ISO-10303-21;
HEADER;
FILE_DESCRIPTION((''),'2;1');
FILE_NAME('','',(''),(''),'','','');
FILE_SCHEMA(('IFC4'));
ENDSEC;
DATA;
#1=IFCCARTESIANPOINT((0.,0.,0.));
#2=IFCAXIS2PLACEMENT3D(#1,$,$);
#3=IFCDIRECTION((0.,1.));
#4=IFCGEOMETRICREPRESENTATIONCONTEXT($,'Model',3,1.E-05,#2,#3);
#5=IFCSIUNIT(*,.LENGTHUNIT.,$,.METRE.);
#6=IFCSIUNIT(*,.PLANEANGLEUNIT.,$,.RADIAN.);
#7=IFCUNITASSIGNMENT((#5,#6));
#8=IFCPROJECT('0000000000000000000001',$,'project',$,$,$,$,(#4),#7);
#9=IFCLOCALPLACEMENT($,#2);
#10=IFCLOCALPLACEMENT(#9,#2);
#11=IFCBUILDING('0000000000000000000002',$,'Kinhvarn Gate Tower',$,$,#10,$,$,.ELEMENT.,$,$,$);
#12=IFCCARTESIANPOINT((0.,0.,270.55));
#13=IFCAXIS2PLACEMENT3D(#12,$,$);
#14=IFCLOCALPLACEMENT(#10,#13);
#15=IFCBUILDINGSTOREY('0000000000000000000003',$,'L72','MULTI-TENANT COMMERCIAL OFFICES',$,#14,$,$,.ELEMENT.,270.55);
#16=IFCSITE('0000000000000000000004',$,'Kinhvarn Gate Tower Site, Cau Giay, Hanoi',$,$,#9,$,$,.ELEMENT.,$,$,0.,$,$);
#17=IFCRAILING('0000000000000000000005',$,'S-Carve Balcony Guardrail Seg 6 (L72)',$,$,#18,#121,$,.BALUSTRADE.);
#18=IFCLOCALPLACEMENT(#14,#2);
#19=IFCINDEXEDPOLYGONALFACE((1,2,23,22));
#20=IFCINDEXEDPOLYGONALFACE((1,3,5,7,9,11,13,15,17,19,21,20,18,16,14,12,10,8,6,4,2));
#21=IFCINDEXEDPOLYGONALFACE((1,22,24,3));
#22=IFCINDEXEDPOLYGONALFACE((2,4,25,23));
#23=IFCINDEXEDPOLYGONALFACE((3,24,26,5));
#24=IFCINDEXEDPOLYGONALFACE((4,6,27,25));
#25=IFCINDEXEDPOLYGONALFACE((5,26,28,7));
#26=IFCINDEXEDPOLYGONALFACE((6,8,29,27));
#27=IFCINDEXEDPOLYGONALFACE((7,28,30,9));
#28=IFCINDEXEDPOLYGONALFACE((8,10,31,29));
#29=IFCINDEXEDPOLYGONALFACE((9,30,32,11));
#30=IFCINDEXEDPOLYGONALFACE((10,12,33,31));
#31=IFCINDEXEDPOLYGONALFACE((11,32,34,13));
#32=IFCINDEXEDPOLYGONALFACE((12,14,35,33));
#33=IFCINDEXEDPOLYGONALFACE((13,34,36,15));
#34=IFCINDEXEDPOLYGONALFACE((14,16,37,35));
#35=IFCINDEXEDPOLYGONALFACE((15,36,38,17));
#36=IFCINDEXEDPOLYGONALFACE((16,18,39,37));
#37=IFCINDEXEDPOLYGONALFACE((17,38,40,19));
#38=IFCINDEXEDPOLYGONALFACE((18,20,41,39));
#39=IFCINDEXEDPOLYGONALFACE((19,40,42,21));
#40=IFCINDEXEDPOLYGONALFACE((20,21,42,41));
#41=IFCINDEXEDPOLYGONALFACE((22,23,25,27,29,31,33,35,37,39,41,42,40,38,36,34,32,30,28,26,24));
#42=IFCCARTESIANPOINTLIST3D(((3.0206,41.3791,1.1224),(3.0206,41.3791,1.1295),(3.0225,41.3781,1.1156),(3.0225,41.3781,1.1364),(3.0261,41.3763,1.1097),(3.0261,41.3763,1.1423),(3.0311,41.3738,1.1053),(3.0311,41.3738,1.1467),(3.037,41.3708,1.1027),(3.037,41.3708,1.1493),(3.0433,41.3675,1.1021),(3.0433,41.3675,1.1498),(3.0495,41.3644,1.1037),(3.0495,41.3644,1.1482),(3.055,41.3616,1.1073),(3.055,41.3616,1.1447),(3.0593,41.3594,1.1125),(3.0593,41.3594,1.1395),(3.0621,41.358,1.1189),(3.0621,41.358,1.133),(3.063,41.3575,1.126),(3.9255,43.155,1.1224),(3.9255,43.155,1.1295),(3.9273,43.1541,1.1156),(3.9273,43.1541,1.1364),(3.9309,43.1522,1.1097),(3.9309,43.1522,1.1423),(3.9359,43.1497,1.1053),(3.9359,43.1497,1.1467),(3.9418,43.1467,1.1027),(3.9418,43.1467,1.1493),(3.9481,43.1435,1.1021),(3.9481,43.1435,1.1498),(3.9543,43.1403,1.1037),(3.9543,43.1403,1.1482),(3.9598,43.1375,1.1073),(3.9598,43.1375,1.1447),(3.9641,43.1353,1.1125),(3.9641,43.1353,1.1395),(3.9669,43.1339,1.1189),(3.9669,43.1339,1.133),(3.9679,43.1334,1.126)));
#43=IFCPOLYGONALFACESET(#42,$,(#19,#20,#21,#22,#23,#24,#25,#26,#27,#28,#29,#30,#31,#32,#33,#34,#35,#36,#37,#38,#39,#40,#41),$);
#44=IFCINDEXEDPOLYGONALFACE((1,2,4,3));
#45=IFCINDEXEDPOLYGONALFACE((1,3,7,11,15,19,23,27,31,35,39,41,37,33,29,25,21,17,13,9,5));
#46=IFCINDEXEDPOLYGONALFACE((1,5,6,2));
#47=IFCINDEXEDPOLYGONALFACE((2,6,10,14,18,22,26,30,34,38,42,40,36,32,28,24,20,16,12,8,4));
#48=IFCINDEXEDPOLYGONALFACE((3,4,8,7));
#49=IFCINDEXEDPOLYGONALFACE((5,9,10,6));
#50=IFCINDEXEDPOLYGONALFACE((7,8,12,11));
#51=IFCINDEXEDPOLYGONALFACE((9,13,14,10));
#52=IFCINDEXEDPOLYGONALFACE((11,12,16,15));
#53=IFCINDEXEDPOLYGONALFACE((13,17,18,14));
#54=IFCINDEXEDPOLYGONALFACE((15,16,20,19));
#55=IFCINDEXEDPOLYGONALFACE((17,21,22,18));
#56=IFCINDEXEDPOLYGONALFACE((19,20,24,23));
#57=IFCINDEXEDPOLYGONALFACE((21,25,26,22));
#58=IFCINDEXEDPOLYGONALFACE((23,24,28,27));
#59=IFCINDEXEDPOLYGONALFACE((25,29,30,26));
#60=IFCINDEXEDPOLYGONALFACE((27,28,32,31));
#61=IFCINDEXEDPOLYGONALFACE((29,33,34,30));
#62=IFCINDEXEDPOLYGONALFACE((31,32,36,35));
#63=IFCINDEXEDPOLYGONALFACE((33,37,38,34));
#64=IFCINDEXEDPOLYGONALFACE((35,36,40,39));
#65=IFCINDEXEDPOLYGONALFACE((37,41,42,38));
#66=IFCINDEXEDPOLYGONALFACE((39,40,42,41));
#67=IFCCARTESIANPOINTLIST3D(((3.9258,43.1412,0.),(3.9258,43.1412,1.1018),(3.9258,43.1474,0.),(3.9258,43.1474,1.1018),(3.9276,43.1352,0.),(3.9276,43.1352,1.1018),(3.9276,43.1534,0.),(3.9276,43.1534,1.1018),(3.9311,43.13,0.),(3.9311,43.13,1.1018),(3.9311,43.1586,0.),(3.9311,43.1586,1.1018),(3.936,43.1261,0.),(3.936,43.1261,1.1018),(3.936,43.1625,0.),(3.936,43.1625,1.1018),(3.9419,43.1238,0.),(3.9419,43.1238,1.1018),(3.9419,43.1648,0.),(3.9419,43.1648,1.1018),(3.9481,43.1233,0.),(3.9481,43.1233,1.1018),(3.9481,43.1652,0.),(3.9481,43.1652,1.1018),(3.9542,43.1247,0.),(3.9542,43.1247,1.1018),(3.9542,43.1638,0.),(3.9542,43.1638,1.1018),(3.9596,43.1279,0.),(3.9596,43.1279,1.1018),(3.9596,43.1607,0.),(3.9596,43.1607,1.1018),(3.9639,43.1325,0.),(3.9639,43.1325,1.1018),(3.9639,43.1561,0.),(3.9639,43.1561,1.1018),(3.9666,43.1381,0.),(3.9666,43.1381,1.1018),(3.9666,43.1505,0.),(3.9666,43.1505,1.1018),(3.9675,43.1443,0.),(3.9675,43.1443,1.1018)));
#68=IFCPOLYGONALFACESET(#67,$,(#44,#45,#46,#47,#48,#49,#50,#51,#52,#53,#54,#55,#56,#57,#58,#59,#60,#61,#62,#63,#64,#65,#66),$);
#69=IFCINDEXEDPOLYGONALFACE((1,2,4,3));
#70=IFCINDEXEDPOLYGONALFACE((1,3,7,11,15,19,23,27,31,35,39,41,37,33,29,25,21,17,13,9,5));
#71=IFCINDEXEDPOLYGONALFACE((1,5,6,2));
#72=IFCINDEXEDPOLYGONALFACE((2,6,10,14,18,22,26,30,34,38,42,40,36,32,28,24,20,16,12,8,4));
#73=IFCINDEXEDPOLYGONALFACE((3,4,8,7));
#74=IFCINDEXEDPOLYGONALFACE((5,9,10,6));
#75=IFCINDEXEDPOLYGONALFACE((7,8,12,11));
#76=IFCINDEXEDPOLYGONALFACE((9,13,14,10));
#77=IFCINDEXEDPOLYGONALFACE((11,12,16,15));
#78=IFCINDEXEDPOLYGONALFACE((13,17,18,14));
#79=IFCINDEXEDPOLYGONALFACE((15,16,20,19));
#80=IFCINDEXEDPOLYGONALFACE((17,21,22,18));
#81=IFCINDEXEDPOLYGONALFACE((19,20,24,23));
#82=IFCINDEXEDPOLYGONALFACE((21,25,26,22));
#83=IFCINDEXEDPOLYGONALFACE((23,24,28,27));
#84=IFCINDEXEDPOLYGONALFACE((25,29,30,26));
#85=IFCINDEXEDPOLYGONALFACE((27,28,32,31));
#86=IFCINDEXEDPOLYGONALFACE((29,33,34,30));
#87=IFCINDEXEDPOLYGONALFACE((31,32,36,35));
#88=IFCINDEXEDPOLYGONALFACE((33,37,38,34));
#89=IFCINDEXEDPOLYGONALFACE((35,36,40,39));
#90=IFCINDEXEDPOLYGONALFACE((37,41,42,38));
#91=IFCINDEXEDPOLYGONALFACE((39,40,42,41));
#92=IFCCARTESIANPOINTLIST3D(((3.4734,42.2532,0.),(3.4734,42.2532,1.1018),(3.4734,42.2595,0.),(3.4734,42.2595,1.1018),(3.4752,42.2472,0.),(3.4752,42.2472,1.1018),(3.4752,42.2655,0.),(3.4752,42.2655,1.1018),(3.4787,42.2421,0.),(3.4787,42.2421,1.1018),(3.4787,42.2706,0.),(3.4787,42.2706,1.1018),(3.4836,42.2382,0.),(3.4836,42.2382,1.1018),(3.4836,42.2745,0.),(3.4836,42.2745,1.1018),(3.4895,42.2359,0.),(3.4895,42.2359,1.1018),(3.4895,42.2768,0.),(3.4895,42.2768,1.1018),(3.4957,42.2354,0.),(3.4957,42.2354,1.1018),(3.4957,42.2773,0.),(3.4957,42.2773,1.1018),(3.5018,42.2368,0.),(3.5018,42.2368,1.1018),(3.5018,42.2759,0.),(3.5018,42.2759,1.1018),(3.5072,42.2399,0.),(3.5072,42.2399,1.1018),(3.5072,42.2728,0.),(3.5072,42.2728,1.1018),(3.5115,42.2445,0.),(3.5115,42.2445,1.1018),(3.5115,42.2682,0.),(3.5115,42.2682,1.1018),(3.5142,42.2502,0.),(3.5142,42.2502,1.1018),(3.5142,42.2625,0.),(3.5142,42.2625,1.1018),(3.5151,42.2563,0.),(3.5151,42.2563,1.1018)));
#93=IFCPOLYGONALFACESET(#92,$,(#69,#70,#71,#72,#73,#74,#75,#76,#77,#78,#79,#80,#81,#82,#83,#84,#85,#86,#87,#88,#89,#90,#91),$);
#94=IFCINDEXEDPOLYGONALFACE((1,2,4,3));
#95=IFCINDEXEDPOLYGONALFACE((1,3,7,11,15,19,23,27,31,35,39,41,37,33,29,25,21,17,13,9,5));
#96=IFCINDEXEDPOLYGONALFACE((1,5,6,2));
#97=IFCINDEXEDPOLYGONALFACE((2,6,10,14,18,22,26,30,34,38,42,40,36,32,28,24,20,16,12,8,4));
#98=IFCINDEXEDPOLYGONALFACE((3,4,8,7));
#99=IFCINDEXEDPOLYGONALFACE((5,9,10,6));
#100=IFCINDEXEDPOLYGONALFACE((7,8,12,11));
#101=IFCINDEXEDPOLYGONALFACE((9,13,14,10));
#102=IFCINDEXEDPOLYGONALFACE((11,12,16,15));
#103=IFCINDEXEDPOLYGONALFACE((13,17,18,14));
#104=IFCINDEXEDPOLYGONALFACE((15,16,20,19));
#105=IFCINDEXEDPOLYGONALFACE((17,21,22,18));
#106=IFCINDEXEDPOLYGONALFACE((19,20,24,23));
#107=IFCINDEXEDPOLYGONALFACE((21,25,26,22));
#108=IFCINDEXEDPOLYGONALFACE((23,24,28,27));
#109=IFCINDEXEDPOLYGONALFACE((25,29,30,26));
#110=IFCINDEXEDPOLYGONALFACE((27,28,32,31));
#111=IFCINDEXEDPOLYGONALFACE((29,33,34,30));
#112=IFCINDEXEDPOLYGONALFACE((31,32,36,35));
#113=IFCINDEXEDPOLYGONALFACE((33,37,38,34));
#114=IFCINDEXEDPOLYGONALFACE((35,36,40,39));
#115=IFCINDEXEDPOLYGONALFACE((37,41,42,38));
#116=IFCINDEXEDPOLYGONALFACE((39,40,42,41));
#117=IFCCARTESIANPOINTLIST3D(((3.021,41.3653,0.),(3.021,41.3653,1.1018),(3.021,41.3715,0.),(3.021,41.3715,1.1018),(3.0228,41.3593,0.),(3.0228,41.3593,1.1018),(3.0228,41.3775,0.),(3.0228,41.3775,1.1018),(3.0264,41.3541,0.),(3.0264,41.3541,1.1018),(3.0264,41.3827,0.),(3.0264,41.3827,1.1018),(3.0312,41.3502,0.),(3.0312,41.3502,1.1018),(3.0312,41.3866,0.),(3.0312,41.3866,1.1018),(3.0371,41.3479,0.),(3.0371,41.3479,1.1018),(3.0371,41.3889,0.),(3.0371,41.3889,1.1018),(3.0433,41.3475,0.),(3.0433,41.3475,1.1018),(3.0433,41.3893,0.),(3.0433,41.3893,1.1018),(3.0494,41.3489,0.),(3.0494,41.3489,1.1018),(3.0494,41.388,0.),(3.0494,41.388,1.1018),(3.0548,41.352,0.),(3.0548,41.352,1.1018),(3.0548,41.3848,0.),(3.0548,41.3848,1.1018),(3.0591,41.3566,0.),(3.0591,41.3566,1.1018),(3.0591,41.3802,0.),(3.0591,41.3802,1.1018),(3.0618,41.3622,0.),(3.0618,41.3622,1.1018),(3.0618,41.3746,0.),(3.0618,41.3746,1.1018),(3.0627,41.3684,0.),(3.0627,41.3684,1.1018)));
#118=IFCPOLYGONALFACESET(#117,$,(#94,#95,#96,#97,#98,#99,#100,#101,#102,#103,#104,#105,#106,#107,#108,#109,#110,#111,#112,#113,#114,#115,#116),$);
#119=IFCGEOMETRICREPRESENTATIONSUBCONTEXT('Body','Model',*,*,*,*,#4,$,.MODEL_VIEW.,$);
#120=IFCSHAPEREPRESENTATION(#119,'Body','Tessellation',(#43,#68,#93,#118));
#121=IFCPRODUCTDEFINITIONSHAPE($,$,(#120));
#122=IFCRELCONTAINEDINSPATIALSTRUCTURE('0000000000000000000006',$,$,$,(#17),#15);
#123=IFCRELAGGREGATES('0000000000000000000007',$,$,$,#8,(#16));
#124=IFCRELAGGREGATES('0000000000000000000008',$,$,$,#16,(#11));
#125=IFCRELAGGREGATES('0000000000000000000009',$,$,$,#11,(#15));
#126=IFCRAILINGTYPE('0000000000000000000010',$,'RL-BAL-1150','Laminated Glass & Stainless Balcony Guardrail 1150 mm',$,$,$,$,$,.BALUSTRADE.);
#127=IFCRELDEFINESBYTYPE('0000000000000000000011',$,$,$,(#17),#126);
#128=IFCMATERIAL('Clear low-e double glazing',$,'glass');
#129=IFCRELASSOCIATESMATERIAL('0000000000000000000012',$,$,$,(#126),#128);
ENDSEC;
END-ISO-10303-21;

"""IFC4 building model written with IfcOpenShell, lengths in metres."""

from ifc_helpers import new_model, si_unit, direction, frame, origin, origin_2d, place, context, subcontext, project, spatial, circle, extrude, material, type_object, element, save


model = new_model("IFC4")

# Units and contexts
model_context = context("Model", 3, precision=1e-05, world=origin(), true_north=direction((0.0, 1.0)))
body_context = subcontext(model_context, "Body", "Model", "MODEL_VIEW")
ifc_project = project(units=[si_unit("LENGTHUNIT", "METRE"), si_unit("PLANEANGLEUNIT", "RADIAN")], contexts=[model_context])

# Site, building, storey
site_placement = place(None, origin())
site = spatial("IfcSite", under=ifc_project, at=site_placement, Name="Kinhvarn Gate Tower Site, Cau Giay, Hanoi", CompositionType="ELEMENT", RefElevation=0.0)
building_placement = place(site_placement, origin())
building = spatial("IfcBuilding", under=site, at=building_placement, Name="Kinhvarn Gate Tower", CompositionType="ELEMENT")
storey_placement = place(building_placement, frame((0.0, 0.0, 270.55)))
storey = spatial("IfcBuildingStorey", under=building, at=storey_placement, Name="L72", Description="MULTI-TENANT COMMERCIAL OFFICES", CompositionType="ELEMENT", Elevation=270.55)

# Shared definitions
ifc_material_1 = material(Name="Clear low-e double glazing", Category="glass")

# Railing
railing_type = type_object("IfcRailingType", Name="RL-BAL-1150", Description="Laminated Glass & Stainless Balcony Guardrail 1150 mm", PredefinedType="BALUSTRADE", material=ifc_material_1)
railing_1_placement = place(storey_placement, frame((3.9465, 43.1443, 0.0)))
element("IfcRailing", 1, at=railing_1_placement, inside=storey, type_object=railing_type, Name="S-Carve Balcony Guardrail Seg 6 (L72)", PredefinedType="BALUSTRADE", context=body_context, shape_type="SweptSolid", body=[
    extrude(circle(Radius=0.0239, at=origin_2d()), frame((0.0, 0.0, 1.126), z_axis=(-0.453962, -0.891021, 0.0), x_axis=(0.891021, -0.453962, 0.0)), (0.0, 0.0, 1.0), 1.9932),
    extrude(circle(Radius=0.021, at=origin_2d()), origin(), (0.0, 0.0, 1.0), 1.1018),
    extrude(circle(Radius=0.021, at=origin_2d()), frame((-0.4524, -0.8879, 0.0)), (0.0, 0.0, 1.0), 1.1018),
    extrude(circle(Radius=0.021, at=origin_2d()), frame((-0.9048, -1.7759, 0.0)), (0.0, 0.0, 1.0), 1.1018),
])

save(model, "model.ifc")
